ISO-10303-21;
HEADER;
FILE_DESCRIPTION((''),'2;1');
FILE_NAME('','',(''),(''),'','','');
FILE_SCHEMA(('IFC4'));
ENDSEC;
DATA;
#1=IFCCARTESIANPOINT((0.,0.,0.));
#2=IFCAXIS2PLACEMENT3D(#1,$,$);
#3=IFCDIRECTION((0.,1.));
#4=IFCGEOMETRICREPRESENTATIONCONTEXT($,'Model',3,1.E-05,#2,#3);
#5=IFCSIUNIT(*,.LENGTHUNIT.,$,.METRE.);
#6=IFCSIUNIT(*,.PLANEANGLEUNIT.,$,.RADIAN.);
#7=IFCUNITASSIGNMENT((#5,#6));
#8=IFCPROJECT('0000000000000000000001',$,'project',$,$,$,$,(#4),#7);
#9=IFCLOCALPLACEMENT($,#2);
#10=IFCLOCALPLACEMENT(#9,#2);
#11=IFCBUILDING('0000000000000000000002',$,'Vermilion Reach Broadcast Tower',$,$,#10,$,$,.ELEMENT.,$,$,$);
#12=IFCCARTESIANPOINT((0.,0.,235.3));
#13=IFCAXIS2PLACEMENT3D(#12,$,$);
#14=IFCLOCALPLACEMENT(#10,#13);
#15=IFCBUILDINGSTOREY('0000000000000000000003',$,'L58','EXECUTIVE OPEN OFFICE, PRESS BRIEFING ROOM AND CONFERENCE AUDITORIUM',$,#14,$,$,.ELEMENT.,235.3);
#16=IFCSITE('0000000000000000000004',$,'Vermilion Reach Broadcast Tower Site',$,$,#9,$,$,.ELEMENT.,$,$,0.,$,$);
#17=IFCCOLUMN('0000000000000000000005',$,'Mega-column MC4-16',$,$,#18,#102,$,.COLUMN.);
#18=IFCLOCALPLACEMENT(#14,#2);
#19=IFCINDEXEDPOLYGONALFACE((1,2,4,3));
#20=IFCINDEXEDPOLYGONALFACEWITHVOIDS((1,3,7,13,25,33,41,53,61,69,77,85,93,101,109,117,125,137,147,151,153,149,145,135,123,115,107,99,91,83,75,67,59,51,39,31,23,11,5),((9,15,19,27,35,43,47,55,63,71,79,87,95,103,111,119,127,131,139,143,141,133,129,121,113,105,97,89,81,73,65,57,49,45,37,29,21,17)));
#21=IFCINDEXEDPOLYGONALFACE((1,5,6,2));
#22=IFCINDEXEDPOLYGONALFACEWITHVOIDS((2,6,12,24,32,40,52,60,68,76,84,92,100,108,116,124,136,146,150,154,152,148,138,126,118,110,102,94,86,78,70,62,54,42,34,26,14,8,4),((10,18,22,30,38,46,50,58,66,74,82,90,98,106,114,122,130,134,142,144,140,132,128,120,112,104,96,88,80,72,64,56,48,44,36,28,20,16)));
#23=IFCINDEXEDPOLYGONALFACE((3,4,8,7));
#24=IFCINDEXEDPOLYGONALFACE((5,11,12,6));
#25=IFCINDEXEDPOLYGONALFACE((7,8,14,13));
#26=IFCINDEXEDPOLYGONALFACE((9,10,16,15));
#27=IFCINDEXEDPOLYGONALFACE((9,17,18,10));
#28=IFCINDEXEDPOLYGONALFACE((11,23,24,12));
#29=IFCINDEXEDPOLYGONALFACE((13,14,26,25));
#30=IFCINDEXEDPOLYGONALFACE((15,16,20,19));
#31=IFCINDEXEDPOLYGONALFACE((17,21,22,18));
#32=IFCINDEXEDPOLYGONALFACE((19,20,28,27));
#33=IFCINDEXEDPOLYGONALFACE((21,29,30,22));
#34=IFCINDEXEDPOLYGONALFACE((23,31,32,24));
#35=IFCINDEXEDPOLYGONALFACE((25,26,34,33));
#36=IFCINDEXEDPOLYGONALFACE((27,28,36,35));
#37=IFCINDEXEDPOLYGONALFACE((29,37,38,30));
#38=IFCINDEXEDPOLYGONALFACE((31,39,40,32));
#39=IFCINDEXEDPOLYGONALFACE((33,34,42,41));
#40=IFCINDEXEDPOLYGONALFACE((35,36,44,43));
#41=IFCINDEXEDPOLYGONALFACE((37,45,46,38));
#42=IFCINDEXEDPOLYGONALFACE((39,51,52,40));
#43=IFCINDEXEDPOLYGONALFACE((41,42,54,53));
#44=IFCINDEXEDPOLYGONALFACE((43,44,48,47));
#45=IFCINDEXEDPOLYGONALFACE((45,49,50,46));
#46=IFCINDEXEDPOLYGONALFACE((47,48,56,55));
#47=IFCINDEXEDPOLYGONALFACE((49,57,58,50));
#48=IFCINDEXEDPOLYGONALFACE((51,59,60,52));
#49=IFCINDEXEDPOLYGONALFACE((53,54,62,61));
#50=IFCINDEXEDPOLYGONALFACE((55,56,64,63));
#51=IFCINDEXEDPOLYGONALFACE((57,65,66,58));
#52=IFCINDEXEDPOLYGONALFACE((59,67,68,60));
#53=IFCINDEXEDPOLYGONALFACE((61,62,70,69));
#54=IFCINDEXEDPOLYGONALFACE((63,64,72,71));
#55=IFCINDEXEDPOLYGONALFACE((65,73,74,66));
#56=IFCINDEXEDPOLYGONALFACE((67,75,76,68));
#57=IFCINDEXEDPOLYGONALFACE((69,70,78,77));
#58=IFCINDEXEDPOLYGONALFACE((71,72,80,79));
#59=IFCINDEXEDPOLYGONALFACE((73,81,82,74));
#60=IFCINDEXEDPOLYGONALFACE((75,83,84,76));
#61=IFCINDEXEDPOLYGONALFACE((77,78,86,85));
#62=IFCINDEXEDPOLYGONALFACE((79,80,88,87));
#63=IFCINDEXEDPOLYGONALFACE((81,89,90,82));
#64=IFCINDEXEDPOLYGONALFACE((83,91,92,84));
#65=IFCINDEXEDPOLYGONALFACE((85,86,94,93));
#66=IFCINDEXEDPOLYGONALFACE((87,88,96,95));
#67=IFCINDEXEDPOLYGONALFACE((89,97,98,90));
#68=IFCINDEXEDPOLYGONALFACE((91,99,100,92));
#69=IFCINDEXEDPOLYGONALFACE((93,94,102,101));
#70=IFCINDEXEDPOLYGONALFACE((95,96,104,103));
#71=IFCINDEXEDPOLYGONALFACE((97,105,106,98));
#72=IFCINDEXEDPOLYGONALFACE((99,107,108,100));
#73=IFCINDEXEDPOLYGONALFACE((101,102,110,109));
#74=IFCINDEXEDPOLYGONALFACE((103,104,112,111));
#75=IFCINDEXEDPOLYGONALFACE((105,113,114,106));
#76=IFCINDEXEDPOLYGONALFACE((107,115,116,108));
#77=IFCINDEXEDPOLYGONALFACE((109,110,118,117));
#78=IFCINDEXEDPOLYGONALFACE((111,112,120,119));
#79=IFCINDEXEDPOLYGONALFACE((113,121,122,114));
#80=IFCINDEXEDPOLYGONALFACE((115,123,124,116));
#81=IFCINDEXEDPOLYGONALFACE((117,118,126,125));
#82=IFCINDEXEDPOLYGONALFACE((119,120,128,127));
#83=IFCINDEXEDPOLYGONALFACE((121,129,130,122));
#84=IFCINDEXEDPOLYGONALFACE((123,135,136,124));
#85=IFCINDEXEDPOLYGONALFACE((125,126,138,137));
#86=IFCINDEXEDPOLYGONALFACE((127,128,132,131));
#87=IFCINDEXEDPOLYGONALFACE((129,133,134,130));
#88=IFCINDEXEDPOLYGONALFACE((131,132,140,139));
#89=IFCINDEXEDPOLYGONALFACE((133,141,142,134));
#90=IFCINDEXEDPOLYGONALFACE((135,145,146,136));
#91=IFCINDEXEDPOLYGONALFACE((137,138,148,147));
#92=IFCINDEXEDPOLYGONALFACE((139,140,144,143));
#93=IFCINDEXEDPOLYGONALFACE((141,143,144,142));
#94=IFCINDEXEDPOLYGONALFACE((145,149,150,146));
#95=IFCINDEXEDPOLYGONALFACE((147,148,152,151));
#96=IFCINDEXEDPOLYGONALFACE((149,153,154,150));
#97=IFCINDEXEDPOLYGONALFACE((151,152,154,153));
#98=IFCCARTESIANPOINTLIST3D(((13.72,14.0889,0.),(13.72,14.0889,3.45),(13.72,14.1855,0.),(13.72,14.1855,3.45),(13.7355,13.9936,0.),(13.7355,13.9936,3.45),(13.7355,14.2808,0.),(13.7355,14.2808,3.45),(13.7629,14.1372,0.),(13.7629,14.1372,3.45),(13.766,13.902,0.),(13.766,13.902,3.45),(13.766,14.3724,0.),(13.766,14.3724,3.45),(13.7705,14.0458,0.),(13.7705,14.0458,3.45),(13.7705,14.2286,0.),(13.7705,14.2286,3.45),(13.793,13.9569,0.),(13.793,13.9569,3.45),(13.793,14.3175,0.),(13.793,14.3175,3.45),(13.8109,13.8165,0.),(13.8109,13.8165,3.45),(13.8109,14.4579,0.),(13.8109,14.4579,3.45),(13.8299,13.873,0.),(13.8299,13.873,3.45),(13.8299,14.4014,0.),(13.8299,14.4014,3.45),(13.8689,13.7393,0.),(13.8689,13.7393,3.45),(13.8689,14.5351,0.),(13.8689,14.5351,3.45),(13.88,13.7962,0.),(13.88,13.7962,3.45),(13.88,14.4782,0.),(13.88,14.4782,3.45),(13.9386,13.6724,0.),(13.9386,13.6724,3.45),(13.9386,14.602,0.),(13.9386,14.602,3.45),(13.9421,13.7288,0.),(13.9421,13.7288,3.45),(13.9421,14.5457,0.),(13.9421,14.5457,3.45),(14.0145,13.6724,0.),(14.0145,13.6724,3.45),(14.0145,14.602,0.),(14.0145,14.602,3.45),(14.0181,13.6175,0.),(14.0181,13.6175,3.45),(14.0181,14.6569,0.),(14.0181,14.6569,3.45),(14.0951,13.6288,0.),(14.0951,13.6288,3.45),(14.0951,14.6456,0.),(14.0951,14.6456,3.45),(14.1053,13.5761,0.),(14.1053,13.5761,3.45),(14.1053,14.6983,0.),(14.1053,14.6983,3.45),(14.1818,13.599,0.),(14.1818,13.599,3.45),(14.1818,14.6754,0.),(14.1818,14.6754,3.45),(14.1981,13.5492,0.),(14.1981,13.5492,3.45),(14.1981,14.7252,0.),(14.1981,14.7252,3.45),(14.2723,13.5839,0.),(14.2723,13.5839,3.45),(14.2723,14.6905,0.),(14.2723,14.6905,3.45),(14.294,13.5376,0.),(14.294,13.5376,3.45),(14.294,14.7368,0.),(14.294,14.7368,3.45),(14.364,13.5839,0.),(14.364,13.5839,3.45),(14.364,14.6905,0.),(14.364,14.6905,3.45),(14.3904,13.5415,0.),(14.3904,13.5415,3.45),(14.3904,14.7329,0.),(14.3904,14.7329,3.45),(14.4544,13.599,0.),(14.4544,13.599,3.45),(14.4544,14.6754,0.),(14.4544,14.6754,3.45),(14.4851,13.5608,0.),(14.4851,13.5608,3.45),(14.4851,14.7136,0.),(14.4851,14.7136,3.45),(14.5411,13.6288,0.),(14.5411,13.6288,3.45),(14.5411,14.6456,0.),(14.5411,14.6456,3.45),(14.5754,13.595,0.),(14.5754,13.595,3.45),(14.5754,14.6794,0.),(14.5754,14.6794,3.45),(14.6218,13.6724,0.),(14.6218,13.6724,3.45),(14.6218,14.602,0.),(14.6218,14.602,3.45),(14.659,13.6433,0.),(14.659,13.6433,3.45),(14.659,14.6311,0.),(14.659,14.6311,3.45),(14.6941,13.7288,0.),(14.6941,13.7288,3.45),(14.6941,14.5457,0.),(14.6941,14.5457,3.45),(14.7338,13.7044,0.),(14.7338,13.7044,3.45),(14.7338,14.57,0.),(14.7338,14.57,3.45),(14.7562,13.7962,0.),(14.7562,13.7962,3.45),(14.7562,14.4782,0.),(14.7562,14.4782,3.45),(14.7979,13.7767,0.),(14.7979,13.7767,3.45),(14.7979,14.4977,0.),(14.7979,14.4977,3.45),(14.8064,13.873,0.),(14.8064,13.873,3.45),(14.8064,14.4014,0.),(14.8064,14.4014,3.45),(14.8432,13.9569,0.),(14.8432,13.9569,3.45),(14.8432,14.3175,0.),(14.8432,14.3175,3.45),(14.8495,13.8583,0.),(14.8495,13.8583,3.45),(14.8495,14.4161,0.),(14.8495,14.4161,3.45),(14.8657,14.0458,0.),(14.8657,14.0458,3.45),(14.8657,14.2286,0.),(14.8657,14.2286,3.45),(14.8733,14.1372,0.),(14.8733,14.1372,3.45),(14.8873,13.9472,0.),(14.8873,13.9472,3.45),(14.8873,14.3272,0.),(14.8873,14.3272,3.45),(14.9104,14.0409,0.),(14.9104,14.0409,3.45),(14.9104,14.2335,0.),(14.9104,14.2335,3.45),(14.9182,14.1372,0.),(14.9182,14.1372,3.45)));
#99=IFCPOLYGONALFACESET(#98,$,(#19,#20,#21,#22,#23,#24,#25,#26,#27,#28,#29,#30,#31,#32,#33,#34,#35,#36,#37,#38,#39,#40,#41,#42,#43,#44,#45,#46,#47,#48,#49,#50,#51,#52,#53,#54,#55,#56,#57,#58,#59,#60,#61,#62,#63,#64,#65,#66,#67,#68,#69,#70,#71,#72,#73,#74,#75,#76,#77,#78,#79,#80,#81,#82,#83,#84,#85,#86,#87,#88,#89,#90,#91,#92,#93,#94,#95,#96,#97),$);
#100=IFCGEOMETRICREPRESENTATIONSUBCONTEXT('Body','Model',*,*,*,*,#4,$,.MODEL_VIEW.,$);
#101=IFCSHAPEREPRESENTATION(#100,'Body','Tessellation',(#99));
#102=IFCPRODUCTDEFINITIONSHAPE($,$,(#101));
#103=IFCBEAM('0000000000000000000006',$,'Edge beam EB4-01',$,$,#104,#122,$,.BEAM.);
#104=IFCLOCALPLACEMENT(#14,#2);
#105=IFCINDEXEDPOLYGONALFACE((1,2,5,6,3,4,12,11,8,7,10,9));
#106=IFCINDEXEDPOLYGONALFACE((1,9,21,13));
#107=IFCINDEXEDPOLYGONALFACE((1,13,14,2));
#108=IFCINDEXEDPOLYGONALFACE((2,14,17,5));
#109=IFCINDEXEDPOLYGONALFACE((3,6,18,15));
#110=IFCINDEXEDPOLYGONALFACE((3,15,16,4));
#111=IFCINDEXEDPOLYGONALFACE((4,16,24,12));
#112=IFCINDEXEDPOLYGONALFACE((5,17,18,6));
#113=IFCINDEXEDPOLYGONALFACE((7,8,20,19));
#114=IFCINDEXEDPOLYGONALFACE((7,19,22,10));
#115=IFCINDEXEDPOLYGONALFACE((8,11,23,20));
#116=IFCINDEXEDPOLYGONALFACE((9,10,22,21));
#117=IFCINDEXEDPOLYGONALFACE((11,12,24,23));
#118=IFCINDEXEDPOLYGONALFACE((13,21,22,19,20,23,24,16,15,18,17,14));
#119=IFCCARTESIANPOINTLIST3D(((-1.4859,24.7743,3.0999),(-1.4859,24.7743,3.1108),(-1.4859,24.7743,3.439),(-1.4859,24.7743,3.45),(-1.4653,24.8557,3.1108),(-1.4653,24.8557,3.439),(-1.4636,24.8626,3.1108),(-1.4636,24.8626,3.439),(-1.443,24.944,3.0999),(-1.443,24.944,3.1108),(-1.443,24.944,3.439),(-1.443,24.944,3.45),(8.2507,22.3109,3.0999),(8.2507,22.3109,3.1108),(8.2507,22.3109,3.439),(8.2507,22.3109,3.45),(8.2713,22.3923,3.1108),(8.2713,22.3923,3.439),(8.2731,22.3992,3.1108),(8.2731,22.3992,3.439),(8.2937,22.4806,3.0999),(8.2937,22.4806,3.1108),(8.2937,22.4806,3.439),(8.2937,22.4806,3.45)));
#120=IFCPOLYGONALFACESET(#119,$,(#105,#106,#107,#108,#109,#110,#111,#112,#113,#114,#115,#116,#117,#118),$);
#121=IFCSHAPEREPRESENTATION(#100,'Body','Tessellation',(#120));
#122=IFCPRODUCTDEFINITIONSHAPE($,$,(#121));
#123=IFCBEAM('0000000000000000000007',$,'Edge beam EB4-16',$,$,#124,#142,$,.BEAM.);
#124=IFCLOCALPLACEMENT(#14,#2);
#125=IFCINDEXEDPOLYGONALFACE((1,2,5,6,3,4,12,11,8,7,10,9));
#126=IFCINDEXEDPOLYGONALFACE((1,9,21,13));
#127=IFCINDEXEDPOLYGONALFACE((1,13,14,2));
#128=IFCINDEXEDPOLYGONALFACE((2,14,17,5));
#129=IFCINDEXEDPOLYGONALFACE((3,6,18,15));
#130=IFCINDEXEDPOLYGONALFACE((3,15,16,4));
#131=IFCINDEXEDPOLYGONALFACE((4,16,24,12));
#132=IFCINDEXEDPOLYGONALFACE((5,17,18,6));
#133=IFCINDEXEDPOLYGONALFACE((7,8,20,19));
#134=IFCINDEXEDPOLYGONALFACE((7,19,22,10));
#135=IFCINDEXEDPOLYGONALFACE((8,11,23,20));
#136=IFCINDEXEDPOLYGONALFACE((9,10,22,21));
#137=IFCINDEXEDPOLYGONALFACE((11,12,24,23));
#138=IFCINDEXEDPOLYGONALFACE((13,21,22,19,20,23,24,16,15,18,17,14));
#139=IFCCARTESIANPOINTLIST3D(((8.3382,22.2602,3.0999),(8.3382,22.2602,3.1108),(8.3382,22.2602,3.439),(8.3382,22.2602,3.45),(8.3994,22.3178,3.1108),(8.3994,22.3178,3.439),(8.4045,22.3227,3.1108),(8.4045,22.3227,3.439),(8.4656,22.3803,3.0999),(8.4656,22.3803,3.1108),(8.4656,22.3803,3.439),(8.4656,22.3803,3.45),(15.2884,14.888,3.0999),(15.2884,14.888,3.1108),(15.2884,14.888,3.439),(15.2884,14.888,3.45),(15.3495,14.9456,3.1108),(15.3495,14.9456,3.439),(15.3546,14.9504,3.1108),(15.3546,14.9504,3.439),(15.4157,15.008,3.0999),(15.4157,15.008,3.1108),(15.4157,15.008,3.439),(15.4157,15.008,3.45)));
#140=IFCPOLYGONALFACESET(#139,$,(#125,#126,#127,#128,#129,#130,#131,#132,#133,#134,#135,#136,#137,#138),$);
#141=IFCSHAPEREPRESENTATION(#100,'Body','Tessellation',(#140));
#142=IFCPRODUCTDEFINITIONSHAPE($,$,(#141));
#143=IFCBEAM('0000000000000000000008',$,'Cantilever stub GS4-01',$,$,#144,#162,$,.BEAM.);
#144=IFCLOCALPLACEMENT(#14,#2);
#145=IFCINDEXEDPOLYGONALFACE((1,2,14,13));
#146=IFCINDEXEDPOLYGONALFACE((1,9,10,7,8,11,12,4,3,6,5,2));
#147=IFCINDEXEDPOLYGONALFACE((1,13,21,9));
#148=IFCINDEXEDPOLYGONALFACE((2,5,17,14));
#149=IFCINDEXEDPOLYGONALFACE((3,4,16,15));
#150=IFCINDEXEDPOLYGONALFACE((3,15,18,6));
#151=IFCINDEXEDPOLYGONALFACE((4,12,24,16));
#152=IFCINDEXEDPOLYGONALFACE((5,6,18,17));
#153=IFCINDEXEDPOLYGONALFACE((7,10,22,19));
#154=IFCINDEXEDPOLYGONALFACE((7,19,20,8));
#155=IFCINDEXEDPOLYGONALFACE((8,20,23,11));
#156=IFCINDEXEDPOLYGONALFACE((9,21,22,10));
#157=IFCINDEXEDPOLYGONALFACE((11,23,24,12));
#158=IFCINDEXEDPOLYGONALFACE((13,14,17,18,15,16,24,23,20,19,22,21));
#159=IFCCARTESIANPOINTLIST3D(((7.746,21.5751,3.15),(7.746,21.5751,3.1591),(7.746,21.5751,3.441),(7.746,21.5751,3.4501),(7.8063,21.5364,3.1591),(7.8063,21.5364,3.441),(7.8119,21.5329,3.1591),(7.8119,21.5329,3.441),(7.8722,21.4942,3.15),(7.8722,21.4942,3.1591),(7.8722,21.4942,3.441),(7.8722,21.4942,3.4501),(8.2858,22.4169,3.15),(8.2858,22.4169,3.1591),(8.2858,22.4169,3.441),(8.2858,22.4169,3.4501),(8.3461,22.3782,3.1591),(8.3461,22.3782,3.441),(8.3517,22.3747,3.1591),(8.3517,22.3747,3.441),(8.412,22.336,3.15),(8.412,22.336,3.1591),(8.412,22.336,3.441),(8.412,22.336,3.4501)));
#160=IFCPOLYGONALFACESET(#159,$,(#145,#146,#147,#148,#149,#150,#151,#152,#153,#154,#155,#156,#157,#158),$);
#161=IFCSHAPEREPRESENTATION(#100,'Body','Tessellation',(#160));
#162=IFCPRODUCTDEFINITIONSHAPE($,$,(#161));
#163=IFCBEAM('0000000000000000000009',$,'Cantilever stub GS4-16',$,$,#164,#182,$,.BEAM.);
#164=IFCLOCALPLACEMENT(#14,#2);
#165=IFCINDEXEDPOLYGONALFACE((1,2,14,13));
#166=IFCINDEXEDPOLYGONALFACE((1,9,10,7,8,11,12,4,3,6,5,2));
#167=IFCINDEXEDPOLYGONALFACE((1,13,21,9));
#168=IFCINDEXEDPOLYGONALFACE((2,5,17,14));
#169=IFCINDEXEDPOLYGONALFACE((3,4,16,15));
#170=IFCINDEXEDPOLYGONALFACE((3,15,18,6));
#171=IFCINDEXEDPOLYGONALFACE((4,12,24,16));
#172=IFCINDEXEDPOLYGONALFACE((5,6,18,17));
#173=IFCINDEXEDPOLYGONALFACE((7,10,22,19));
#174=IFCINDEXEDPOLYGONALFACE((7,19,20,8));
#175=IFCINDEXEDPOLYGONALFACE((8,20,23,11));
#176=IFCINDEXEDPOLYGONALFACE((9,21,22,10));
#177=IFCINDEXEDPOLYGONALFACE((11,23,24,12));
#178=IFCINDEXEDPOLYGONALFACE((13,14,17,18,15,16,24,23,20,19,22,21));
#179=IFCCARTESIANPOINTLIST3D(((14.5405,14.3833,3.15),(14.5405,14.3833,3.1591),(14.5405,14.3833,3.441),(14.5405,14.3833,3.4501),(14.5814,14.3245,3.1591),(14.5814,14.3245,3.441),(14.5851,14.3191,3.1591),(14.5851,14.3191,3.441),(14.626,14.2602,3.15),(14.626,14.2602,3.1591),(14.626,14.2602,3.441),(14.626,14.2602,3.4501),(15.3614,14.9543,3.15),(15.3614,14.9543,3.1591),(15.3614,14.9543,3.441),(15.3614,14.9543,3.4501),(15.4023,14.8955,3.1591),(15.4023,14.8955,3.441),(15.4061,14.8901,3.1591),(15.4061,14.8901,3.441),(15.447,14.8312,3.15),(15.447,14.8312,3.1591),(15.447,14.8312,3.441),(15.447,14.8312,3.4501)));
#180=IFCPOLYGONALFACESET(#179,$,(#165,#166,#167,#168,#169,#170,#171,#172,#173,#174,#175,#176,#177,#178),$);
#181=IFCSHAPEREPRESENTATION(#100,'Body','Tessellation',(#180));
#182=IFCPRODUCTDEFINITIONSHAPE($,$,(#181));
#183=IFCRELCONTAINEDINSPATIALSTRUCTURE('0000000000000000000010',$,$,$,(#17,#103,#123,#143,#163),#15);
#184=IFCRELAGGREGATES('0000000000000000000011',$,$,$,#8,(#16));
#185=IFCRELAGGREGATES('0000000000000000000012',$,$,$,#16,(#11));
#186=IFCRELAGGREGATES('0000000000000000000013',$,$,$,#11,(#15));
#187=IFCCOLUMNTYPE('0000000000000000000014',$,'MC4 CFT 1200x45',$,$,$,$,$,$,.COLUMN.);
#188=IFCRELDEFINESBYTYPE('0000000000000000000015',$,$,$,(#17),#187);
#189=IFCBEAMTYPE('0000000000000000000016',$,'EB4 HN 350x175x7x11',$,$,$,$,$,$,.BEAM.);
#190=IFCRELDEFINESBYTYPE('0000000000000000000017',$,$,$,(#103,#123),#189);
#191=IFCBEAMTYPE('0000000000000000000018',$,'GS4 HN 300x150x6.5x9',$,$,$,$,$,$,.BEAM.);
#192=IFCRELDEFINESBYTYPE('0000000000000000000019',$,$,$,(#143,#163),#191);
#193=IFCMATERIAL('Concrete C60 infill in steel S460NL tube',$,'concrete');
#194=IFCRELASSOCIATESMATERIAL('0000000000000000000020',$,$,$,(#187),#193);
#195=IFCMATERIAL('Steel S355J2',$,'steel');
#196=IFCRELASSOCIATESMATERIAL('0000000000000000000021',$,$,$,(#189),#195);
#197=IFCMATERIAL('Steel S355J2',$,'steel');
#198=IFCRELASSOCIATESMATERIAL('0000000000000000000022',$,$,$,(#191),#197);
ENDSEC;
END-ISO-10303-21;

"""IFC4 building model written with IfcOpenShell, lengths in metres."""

from ifc_helpers import new_model, si_unit, direction, frame, origin, origin_2d, place, context, subcontext, project, spatial, hollow_circle, i_section, extrude, material, material_profile, profile_set, type_object, element, save


model = new_model("IFC4")

# Units and contexts
model_context = context("Model", 3, precision=1e-05, world=origin(), true_north=direction((0.0, 1.0)))
body_context = subcontext(model_context, "Body", "Model", "MODEL_VIEW")
ifc_project = project(units=[si_unit("LENGTHUNIT", "METRE"), si_unit("PLANEANGLEUNIT", "RADIAN")], contexts=[model_context])

# Site, building, storey
site_placement = place(None, origin())
site = spatial("IfcSite", under=ifc_project, at=site_placement, Name="Vermilion Reach Broadcast Tower Site", CompositionType="ELEMENT", RefElevation=0.0)
building_placement = place(site_placement, origin())
building = spatial("IfcBuilding", under=site, at=building_placement, Name="Vermilion Reach Broadcast Tower", CompositionType="ELEMENT")
storey_placement = place(building_placement, frame((0.0, 0.0, 235.3)))
storey = spatial("IfcBuildingStorey", under=building, at=storey_placement, Name="L58", Description="EXECUTIVE OPEN OFFICE, PRESS BRIEFING ROOM AND CONFERENCE AUDITORIUM", CompositionType="ELEMENT", Elevation=235.3)

# Column
ifc_material_1 = material(Name="Concrete C60 infill in steel S460NL tube", Category="concrete")
ifc_material_profile_1 = material_profile(ifc_material_1, hollow_circle(Radius=0.6001, WallThickness=0.0449, at=origin_2d()), Name="Concrete C60 infill in steel S460NL tube CFT 1200x45")
ifc_profile_set_1 = profile_set([ifc_material_profile_1], Name="Concrete C60 infill in steel S460NL tube")
column_type = type_object("IfcColumnType", Name="MC4 CFT 1200x45", PredefinedType="COLUMN", material=ifc_profile_set_1)
column_placement = place(storey_placement, frame((14.3181, 14.1372, 0.0), z_axis=(0.0, 0.0, 1.0), x_axis=(1.0, 0.0, 0.0)))
element("IfcColumn", 1, at=column_placement, inside=storey, type_object=column_type, Name="Mega-column MC4-16", PredefinedType="COLUMN", context=body_context, shape_type="SweptSolid", body=[
    extrude(hollow_circle(Radius=0.6001, WallThickness=0.0449, at=origin_2d()), origin(), (0.0, 0.0, 1.0), 3.45),
])

# Beams
ifc_material_2 = material(Name="Steel S355J2", Category="steel")
ifc_material_profile_2 = material_profile(ifc_material_2, i_section(OverallWidth=0.175, OverallDepth=0.3501, WebThickness=0.0071, FlangeThickness=0.011, at=origin_2d()), Name="S355J2 HN 350x175x7x11")
ifc_profile_set_2 = profile_set([ifc_material_profile_2], Name="Steel S355J2")
beam_type_1 = type_object("IfcBeamType", Name="EB4 HN 350x175x7x11", PredefinedType="BEAM", material=ifc_profile_set_2)
beam_1_placement = place(storey_placement, frame((8.2722, 22.3958, 3.2749), z_axis=(-0.969454, 0.245274, 0.0), x_axis=(-0.245274, -0.969454, 0.0)))
element("IfcBeam", 2, at=beam_1_placement, inside=storey, type_object=beam_type_1, Name="Edge beam EB4-01", PredefinedType="BEAM", context=body_context, shape_type="SweptSolid", body=[
    extrude(i_section(OverallWidth=0.175, OverallDepth=0.3501, WebThickness=0.0071, FlangeThickness=0.011, at=origin_2d()), origin(), (0.0, 0.0, 1.0), 10.0435),
])
beam_2_placement = place(storey_placement, frame((15.3521, 14.948, 3.2749), z_axis=(-0.685969, 0.727631, 0.0), x_axis=(-0.727631, -0.685969, 0.0)))
element("IfcBeam", 3, at=beam_2_placement, inside=storey, type_object=beam_type_1, Name="Edge beam EB4-16", PredefinedType="BEAM", context=body_context, shape_type="SweptSolid", body=[
    extrude(i_section(OverallWidth=0.175, OverallDepth=0.3501, WebThickness=0.0071, FlangeThickness=0.011, at=origin_2d()), origin(), (0.0, 0.0, 1.0), 10.1318),
])
ifc_material_3 = material(Name="Steel S355J2", Category="steel")
ifc_material_profile_3 = material_profile(ifc_material_3, i_section(OverallWidth=0.1499, OverallDepth=0.3, WebThickness=0.0066, FlangeThickness=0.009, at=origin_2d()), Name="S355J2 HN 300x150x6.5x9")
ifc_profile_set_3 = profile_set([ifc_material_profile_3], Name="Steel S355J2")
beam_type_2 = type_object("IfcBeamType", Name="GS4 HN 300x150x6.5x9", PredefinedType="BEAM", material=ifc_profile_set_3)
for number, where, z_axis, x_axis, name in (
    (4, (7.8091, 21.5347, 3.3), (0.539795, 0.841797, 0.0), (-0.841797, 0.539795, 0.0), "Cantilever stub GS4-01"),
    (5, (14.5833, 14.3218, 3.3), (0.82096, 0.570986, 0.0), (-0.570986, 0.82096, 0.0), "Cantilever stub GS4-16"),
):
    element("IfcBeam", number, at=place(storey_placement, frame(where, z_axis=z_axis, x_axis=x_axis)), inside=storey, type_object=beam_type_2, Name=name, PredefinedType="BEAM", context=body_context, shape_type="SweptSolid", body=[
        extrude(i_section(OverallWidth=0.1499, OverallDepth=0.3, WebThickness=0.0066, FlangeThickness=0.009, at=origin_2d()), origin(), (0.0, 0.0, 1.0), 1.0),
    ])

save(model, "model.ifc")
